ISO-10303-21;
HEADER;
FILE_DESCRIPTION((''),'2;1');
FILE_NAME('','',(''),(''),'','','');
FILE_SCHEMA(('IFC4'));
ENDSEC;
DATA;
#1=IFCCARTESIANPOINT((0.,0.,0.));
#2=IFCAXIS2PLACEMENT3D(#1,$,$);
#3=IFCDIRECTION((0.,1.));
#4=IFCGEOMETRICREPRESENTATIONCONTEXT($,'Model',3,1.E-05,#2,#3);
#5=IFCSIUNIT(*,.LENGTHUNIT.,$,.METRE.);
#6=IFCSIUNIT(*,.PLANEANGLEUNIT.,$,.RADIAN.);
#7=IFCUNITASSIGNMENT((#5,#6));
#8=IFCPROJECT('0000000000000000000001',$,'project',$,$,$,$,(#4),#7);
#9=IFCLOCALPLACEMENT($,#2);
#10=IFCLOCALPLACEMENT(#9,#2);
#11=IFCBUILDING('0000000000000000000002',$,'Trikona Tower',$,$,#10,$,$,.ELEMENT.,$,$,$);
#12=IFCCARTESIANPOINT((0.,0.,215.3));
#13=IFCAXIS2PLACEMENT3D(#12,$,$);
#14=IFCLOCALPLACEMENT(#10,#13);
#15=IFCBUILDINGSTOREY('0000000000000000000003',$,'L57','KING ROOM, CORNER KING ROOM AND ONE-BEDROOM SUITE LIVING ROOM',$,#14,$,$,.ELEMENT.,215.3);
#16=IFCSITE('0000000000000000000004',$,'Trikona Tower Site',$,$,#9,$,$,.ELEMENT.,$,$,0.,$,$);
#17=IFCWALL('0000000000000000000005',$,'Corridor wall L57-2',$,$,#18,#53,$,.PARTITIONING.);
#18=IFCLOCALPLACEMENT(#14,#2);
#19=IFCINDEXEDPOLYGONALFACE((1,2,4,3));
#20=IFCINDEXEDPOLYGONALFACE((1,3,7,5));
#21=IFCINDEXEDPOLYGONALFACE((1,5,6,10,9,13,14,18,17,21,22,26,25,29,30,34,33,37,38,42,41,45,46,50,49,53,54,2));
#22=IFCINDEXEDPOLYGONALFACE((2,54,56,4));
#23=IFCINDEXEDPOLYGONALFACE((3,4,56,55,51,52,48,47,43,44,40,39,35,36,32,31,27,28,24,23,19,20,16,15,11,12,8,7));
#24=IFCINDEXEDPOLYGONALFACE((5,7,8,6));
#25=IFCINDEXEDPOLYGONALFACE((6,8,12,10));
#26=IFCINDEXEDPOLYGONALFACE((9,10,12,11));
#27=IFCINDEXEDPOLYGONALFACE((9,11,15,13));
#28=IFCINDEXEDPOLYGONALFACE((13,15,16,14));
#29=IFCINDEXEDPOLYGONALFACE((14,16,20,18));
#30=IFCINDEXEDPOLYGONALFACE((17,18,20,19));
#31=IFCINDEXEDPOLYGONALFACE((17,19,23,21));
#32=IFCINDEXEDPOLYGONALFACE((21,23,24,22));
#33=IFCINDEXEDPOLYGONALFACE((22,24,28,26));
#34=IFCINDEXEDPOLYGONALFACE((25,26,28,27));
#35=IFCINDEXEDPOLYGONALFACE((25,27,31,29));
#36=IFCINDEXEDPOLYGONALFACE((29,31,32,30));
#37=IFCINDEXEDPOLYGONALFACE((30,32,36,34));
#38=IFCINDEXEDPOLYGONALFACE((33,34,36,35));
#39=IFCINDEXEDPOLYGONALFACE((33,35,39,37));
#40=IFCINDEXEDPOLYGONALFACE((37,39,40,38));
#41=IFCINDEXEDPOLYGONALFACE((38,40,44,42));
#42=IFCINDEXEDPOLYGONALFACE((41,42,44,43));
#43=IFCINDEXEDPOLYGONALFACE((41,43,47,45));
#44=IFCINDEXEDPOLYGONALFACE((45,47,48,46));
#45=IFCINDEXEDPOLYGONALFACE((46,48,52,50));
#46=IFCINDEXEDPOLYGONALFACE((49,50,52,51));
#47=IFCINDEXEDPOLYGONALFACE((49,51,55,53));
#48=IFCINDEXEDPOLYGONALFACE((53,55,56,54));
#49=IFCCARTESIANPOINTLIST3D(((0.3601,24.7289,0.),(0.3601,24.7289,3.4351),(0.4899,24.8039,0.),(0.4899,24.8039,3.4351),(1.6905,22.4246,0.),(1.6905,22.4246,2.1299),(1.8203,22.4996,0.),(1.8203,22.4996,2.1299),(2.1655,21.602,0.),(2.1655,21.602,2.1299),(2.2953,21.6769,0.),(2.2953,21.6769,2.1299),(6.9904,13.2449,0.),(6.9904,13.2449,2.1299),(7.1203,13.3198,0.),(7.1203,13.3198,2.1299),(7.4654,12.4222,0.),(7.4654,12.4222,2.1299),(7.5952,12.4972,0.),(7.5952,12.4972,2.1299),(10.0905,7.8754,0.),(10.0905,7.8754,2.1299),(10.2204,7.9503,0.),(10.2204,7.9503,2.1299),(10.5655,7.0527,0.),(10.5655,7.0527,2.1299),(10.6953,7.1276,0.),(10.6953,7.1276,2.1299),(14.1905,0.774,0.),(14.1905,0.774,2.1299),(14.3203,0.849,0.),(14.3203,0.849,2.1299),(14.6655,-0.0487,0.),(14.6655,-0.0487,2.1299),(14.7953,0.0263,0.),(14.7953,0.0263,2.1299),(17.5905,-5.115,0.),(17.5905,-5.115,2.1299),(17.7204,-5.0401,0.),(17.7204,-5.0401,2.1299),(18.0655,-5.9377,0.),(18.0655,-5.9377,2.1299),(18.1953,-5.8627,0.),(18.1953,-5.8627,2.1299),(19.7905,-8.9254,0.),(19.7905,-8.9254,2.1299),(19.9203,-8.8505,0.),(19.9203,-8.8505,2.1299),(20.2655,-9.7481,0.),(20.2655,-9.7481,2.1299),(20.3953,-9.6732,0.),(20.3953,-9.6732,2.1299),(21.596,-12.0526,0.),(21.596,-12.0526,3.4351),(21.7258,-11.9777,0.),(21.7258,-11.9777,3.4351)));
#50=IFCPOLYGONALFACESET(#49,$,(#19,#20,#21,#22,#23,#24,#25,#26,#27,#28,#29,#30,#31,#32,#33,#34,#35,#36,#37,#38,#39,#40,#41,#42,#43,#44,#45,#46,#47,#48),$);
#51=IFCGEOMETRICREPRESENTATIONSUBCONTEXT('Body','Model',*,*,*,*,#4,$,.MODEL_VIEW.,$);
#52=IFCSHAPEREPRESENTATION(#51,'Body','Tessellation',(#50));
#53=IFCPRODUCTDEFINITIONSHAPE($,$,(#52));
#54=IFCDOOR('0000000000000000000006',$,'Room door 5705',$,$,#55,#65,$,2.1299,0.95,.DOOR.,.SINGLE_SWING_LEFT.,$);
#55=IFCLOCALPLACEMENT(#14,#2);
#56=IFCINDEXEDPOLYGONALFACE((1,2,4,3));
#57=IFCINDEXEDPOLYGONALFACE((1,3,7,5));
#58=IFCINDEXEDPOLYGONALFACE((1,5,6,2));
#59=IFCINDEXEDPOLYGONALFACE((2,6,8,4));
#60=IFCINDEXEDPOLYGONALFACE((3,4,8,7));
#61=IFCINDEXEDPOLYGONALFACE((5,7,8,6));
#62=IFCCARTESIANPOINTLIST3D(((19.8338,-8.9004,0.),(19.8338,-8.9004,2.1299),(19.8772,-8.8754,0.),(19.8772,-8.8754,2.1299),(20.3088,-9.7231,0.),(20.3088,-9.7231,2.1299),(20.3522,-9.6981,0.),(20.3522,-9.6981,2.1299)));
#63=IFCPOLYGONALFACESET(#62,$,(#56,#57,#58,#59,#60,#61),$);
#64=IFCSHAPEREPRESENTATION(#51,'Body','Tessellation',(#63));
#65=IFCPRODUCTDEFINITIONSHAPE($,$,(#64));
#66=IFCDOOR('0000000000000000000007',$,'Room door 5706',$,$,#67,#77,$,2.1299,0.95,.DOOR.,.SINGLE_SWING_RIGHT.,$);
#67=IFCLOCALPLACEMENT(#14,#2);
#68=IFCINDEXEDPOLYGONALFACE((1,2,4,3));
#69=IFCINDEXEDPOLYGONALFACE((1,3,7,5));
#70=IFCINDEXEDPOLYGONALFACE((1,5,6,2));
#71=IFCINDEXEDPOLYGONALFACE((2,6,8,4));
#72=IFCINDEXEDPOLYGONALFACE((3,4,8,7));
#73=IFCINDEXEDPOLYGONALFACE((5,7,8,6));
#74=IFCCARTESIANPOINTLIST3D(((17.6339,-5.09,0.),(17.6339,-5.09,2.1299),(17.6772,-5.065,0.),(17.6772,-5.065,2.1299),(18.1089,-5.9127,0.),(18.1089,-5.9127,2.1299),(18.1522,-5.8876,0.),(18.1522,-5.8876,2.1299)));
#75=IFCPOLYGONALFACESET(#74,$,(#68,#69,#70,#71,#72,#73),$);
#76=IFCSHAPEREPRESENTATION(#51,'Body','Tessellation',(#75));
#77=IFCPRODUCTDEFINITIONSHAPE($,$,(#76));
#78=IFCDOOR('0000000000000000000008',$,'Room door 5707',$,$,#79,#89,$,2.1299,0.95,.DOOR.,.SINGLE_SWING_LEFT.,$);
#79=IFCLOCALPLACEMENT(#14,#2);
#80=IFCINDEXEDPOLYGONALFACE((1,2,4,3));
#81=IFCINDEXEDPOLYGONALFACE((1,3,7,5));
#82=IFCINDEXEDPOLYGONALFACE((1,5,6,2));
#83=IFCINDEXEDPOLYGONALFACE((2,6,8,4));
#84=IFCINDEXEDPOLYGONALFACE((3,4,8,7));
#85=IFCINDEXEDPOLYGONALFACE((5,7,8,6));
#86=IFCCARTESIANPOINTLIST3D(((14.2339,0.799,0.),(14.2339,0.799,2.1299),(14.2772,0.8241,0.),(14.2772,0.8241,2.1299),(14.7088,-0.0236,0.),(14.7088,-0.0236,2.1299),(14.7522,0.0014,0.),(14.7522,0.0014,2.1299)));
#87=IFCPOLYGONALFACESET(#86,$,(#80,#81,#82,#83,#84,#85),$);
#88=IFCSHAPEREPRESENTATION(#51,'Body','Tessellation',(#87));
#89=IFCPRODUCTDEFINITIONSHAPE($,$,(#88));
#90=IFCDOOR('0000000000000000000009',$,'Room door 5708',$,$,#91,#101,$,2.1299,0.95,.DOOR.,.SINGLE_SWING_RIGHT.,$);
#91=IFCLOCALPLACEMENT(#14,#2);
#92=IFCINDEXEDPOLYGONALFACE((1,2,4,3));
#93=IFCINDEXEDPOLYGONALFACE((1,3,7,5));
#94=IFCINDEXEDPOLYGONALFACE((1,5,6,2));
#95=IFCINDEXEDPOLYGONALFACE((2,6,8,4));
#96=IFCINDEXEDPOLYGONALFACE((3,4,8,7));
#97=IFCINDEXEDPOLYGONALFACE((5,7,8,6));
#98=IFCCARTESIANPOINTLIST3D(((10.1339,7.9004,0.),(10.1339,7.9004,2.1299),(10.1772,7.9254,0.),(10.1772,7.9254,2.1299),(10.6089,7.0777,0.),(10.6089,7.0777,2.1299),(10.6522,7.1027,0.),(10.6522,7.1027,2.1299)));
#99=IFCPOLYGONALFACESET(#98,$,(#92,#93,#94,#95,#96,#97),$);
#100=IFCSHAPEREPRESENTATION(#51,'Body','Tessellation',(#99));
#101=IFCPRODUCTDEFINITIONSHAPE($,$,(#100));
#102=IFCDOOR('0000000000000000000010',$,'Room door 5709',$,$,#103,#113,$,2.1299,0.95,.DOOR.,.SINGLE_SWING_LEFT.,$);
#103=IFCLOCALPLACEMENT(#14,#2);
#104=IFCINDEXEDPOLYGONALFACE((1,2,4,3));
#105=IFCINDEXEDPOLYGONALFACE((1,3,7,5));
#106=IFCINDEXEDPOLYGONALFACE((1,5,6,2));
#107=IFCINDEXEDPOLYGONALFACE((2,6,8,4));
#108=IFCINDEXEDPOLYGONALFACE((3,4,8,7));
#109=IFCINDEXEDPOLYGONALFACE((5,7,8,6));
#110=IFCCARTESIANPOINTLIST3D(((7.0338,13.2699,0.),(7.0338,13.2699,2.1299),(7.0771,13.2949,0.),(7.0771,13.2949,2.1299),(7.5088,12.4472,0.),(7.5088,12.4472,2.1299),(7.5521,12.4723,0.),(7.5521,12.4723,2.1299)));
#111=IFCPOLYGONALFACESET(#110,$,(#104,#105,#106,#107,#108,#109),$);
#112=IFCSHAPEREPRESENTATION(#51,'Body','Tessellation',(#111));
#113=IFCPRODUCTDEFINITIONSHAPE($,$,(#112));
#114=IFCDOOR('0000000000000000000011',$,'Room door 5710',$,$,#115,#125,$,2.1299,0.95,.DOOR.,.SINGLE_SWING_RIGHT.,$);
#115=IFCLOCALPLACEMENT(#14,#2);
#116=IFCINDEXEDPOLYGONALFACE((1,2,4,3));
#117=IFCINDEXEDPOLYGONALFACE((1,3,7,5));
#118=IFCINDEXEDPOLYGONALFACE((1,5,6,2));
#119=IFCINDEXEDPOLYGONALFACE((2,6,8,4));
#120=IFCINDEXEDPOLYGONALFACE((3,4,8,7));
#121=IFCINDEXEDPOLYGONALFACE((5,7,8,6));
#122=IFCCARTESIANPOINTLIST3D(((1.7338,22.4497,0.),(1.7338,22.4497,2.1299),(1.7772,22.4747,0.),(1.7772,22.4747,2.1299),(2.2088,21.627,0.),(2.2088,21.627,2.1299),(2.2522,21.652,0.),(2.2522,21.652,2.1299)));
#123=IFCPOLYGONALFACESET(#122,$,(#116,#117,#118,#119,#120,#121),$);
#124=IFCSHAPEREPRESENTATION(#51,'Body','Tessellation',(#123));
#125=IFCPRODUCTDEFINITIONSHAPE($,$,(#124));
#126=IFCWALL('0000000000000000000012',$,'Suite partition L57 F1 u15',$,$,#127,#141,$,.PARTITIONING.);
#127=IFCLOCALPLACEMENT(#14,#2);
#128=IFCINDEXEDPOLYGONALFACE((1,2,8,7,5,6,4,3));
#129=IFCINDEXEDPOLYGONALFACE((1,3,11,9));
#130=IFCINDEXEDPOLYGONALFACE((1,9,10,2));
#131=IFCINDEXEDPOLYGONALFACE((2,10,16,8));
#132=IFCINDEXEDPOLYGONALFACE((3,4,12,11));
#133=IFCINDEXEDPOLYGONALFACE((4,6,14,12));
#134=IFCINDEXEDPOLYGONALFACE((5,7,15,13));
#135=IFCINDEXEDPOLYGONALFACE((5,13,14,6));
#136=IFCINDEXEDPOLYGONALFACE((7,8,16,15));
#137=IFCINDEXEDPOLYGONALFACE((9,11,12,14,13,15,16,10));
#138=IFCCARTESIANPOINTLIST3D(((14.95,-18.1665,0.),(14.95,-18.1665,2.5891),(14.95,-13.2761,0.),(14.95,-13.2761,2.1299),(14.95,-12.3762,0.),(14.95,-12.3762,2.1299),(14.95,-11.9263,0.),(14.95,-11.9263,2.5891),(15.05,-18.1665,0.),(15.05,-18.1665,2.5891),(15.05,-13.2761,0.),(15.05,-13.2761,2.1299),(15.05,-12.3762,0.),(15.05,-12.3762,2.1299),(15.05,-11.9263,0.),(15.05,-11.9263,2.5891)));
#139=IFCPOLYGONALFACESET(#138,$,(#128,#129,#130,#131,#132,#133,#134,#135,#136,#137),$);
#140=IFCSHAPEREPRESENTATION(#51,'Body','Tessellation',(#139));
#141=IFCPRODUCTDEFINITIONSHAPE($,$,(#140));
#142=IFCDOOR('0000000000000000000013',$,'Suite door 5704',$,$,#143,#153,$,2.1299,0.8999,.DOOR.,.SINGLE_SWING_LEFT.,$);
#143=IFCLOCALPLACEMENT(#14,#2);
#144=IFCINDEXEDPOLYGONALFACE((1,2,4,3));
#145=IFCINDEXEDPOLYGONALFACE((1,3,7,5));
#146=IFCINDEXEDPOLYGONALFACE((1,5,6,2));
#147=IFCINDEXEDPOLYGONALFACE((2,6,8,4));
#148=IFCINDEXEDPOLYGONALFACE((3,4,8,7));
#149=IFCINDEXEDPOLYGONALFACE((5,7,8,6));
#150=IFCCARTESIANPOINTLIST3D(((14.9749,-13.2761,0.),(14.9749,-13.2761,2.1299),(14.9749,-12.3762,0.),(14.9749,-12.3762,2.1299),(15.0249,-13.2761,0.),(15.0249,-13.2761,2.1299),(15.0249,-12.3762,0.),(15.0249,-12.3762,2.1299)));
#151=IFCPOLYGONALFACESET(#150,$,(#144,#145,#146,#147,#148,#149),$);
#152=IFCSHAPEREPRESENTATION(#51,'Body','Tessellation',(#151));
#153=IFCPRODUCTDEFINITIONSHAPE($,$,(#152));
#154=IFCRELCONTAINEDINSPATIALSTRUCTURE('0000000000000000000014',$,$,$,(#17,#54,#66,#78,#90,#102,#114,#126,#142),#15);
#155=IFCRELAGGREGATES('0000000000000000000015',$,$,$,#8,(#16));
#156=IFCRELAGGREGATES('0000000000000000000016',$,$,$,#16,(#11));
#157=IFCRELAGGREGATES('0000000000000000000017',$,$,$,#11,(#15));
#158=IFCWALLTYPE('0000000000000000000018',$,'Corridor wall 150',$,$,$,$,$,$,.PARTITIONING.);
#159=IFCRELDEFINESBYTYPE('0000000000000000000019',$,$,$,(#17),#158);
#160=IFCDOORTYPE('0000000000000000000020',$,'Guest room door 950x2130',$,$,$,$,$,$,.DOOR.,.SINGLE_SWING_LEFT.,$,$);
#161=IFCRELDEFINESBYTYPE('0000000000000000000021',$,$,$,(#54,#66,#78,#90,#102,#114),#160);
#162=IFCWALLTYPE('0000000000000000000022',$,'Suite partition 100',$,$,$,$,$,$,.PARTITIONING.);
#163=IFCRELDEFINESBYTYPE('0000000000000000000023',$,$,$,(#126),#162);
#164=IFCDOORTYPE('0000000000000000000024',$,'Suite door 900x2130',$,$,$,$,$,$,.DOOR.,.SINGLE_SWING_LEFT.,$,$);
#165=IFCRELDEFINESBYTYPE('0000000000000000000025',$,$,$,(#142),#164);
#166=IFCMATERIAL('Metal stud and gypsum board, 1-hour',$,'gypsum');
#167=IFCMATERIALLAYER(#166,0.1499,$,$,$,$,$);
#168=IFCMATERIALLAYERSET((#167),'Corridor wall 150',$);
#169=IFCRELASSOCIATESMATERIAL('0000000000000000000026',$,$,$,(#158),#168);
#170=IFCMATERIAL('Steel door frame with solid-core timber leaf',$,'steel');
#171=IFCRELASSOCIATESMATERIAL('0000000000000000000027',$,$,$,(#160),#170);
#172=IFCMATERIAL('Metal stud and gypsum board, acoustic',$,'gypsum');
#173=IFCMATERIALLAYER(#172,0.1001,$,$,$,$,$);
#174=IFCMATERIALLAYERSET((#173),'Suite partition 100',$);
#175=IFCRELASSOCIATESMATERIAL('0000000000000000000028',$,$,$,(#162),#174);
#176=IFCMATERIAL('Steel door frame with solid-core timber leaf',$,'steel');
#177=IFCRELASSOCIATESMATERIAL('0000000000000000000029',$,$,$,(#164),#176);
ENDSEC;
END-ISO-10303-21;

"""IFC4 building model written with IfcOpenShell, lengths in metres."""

from ifc_helpers import new_model, si_unit, direction, frame, frame_2d, origin, place, context, subcontext, project, spatial, rectangle, extrude, material, layer, layer_set, type_object, element, fill, save


model = new_model("IFC4")

# Units and contexts
model_context = context("Model", 3, precision=1e-05, world=origin(), true_north=direction((0.0, 1.0)))
body_context = subcontext(model_context, "Body", "Model", "MODEL_VIEW")
ifc_project = project(units=[si_unit("LENGTHUNIT", "METRE"), si_unit("PLANEANGLEUNIT", "RADIAN")], contexts=[model_context])

# Site, building, storey
site_placement = place(None, origin())
site = spatial("IfcSite", under=ifc_project, at=site_placement, Name="Trikona Tower Site", CompositionType="ELEMENT", RefElevation=0.0)
building_placement = place(site_placement, origin())
building = spatial("IfcBuilding", under=site, at=building_placement, Name="Trikona Tower", CompositionType="ELEMENT")
storey_placement = place(building_placement, frame((0.0, 0.0, 215.3)))
storey = spatial("IfcBuildingStorey", under=building, at=storey_placement, Name="L57", Description="KING ROOM, CORNER KING ROOM AND ONE-BEDROOM SUITE LIVING ROOM", CompositionType="ELEMENT", Elevation=215.3)

# Wall, openings, doors
ifc_material_1 = material(Name="Metal stud and gypsum board, 1-hour", Category="gypsum")
ifc_layer_1 = layer(ifc_material_1, 0.1499)
ifc_layer_set_1 = layer_set([ifc_layer_1], Name="Corridor wall 150")
wall_type_1 = type_object("IfcWallType", Name="Corridor wall 150", PredefinedType="PARTITIONING", material=ifc_layer_set_1)
wall_1_placement = place(storey_placement, frame((21.6609, -12.0151, 0.0), z_axis=(0.0, 0.0, 1.0), x_axis=(-0.500001, 0.866025, 0.0)))
wall_1 = element("IfcWall", 1, at=wall_1_placement, inside=storey, type_object=wall_type_1, Name="Corridor wall L57-2", PredefinedType="PARTITIONING", context=body_context, shape_type="SweptSolid", body=[
    extrude(rectangle(XDim=42.4717, YDim=0.1499, at=frame_2d((21.2358, 0.0))), origin(), (0.0, 0.0, 1.0), 3.4351),
])
opening_1_placement = place(wall_1_placement, frame((2.6609, 0.0, 0.0)))
opening_1 = element("IfcOpeningElement", 2, at=opening_1_placement, cuts=wall_1, PredefinedType="OPENING", context=body_context, shape_type="SweptSolid", body=[
    extrude(rectangle(XDim=0.95, YDim=2.1299, at=frame_2d((0.4751, 1.0649))), frame((0.0, 0.085, 0.0), z_axis=(0.0, -1.0, 0.0), x_axis=(1.0, 0.0, 0.0)), (0.0, 0.0, 1.0), 0.1699),
])
opening_2_placement = place(wall_1_placement, frame((7.0608, 0.0, 0.0)))
opening_2 = element("IfcOpeningElement", 3, at=opening_2_placement, cuts=wall_1, PredefinedType="OPENING", context=body_context, shape_type="SweptSolid", body=[
    extrude(rectangle(XDim=0.95, YDim=2.1299, at=frame_2d((0.4751, 1.0649))), frame((0.0, 0.085, 0.0), z_axis=(0.0, -1.0, 0.0), x_axis=(1.0, 0.0, 0.0)), (0.0, 0.0, 1.0), 0.1699),
])
opening_3_placement = place(wall_1_placement, frame((13.8608, 0.0, 0.0)))
opening_3 = element("IfcOpeningElement", 4, at=opening_3_placement, cuts=wall_1, PredefinedType="OPENING", context=body_context, shape_type="SweptSolid", body=[
    extrude(rectangle(XDim=0.95, YDim=2.1299, at=frame_2d((0.4751, 1.0649))), frame((0.0, 0.085, 0.0), z_axis=(0.0, -1.0, 0.0), x_axis=(1.0, 0.0, 0.0)), (0.0, 0.0, 1.0), 0.1699),
])
opening_4_placement = place(wall_1_placement, frame((22.0608, 0.0, 0.0)))
opening_4 = element("IfcOpeningElement", 5, at=opening_4_placement, cuts=wall_1, PredefinedType="OPENING", context=body_context, shape_type="SweptSolid", body=[
    extrude(rectangle(XDim=0.95, YDim=2.1299, at=frame_2d((0.4751, 1.0649))), frame((0.0, 0.085, 0.0), z_axis=(0.0, -1.0, 0.0), x_axis=(1.0, 0.0, 0.0)), (0.0, 0.0, 1.0), 0.1699),
])
opening_5_placement = place(wall_1_placement, frame((28.261, 0.0, 0.0)))
opening_5 = element("IfcOpeningElement", 6, at=opening_5_placement, cuts=wall_1, PredefinedType="OPENING", context=body_context, shape_type="SweptSolid", body=[
    extrude(rectangle(XDim=0.95, YDim=2.1299, at=frame_2d((0.4751, 1.0649))), frame((0.0, 0.085, 0.0), z_axis=(0.0, -1.0, 0.0), x_axis=(1.0, 0.0, 0.0)), (0.0, 0.0, 1.0), 0.1699),
])
opening_6_placement = place(wall_1_placement, frame((38.8608, 0.0, 0.0)))
opening_6 = element("IfcOpeningElement", 7, at=opening_6_placement, cuts=wall_1, PredefinedType="OPENING", context=body_context, shape_type="SweptSolid", body=[
    extrude(rectangle(XDim=0.95, YDim=2.1299, at=frame_2d((0.4751, 1.0649))), frame((0.0, 0.085, 0.0), z_axis=(0.0, -1.0, 0.0), x_axis=(1.0, 0.0, 0.0)), (0.0, 0.0, 1.0), 0.1699),
])
ifc_material_2 = material(Name="Steel door frame with solid-core timber leaf", Category="steel")
door_type_1 = type_object("IfcDoorType", Name="Guest room door 950x2130", OperationType="SINGLE_SWING_LEFT", PredefinedType="DOOR", material=ifc_material_2)
door_1_placement = place(opening_1_placement, origin())
door_1 = element("IfcDoor", 8, at=door_1_placement, inside=storey, type_object=door_type_1, Name="Room door 5705", OperationType="SINGLE_SWING_LEFT", OverallHeight=2.1299, OverallWidth=0.95, PredefinedType="DOOR", context=body_context, shape_type="SweptSolid", body=[
    extrude(rectangle(XDim=0.95, YDim=2.1299, at=frame_2d((0.4751, 1.0649))), frame((0.0, 0.0249, 0.0), z_axis=(0.0, -1.0, 0.0), x_axis=(1.0, 0.0, 0.0)), (0.0, 0.0, 1.0), 0.05),
])
fill(opening_1, door_1)
door_2_placement = place(opening_2_placement, origin())
door_2 = element("IfcDoor", 9, at=door_2_placement, inside=storey, type_object=door_type_1, Name="Room door 5706", OperationType="SINGLE_SWING_RIGHT", OverallHeight=2.1299, OverallWidth=0.95, PredefinedType="DOOR", context=body_context, shape_type="SweptSolid", body=[
    extrude(rectangle(XDim=0.95, YDim=2.1299, at=frame_2d((0.4751, 1.0649))), frame((0.0, 0.0249, 0.0), z_axis=(0.0, -1.0, 0.0), x_axis=(1.0, 0.0, 0.0)), (0.0, 0.0, 1.0), 0.05),
])
fill(opening_2, door_2)
door_3_placement = place(opening_3_placement, origin())
door_3 = element("IfcDoor", 10, at=door_3_placement, inside=storey, type_object=door_type_1, Name="Room door 5707", OperationType="SINGLE_SWING_LEFT", OverallHeight=2.1299, OverallWidth=0.95, PredefinedType="DOOR", context=body_context, shape_type="SweptSolid", body=[
    extrude(rectangle(XDim=0.95, YDim=2.1299, at=frame_2d((0.4751, 1.0649))), frame((0.0, 0.0249, 0.0), z_axis=(0.0, -1.0, 0.0), x_axis=(1.0, 0.0, 0.0)), (0.0, 0.0, 1.0), 0.05),
])
fill(opening_3, door_3)
door_4_placement = place(opening_4_placement, origin())
door_4 = element("IfcDoor", 11, at=door_4_placement, inside=storey, type_object=door_type_1, Name="Room door 5708", OperationType="SINGLE_SWING_RIGHT", OverallHeight=2.1299, OverallWidth=0.95, PredefinedType="DOOR", context=body_context, shape_type="SweptSolid", body=[
    extrude(rectangle(XDim=0.95, YDim=2.1299, at=frame_2d((0.4751, 1.0649))), frame((0.0, 0.0249, 0.0), z_axis=(0.0, -1.0, 0.0), x_axis=(1.0, 0.0, 0.0)), (0.0, 0.0, 1.0), 0.05),
])
fill(opening_4, door_4)
door_5_placement = place(opening_5_placement, origin())
door_5 = element("IfcDoor", 12, at=door_5_placement, inside=storey, type_object=door_type_1, Name="Room door 5709", OperationType="SINGLE_SWING_LEFT", OverallHeight=2.1299, OverallWidth=0.95, PredefinedType="DOOR", context=body_context, shape_type="SweptSolid", body=[
    extrude(rectangle(XDim=0.95, YDim=2.1299, at=frame_2d((0.4751, 1.0649))), frame((0.0, 0.0249, 0.0), z_axis=(0.0, -1.0, 0.0), x_axis=(1.0, 0.0, 0.0)), (0.0, 0.0, 1.0), 0.05),
])
fill(opening_5, door_5)
door_6_placement = place(opening_6_placement, origin())
door_6 = element("IfcDoor", 13, at=door_6_placement, inside=storey, type_object=door_type_1, Name="Room door 5710", OperationType="SINGLE_SWING_RIGHT", OverallHeight=2.1299, OverallWidth=0.95, PredefinedType="DOOR", context=body_context, shape_type="SweptSolid", body=[
    extrude(rectangle(XDim=0.95, YDim=2.1299, at=frame_2d((0.4751, 1.0649))), frame((0.0, 0.0249, 0.0), z_axis=(0.0, -1.0, 0.0), x_axis=(1.0, 0.0, 0.0)), (0.0, 0.0, 1.0), 0.05),
])
fill(opening_6, door_6)

# Wall, opening, door
ifc_material_3 = material(Name="Metal stud and gypsum board, acoustic", Category="gypsum")
ifc_layer_2 = layer(ifc_material_3, 0.1001)
ifc_layer_set_2 = layer_set([ifc_layer_2], Name="Suite partition 100")
wall_type_2 = type_object("IfcWallType", Name="Suite partition 100", PredefinedType="PARTITIONING", material=ifc_layer_set_2)
wall_2_placement = place(storey_placement, frame((15.0, -11.9263, 0.0), z_axis=(0.0, 0.0, 1.0), x_axis=(0.0, -1.0, 0.0)))
wall_2 = element("IfcWall", 14, at=wall_2_placement, inside=storey, type_object=wall_type_2, Name="Suite partition L57 F1 u15", PredefinedType="PARTITIONING", context=body_context, shape_type="SweptSolid", body=[
    extrude(rectangle(XDim=6.2402, YDim=0.1001, at=frame_2d((3.1201, 0.0))), origin(), (0.0, 0.0, 1.0), 2.5891),
])
opening_7_placement = place(wall_2_placement, frame((0.45, 0.0, 0.0)))
opening_7 = element("IfcOpeningElement", 15, at=opening_7_placement, cuts=wall_2, PredefinedType="OPENING", context=body_context, shape_type="SweptSolid", body=[
    extrude(rectangle(XDim=0.8999, YDim=2.1299, at=frame_2d((0.45, 1.0649))), frame((0.0, 0.0601, 0.0), z_axis=(0.0, -1.0, 0.0), x_axis=(1.0, 0.0, 0.0)), (0.0, 0.0, 1.0), 0.1201),
])
ifc_material_4 = material(Name="Steel door frame with solid-core timber leaf", Category="steel")
door_type_2 = type_object("IfcDoorType", Name="Suite door 900x2130", OperationType="SINGLE_SWING_LEFT", PredefinedType="DOOR", material=ifc_material_4)
door_7_placement = place(opening_7_placement, origin())
door_7 = element("IfcDoor", 16, at=door_7_placement, inside=storey, type_object=door_type_2, Name="Suite door 5704", OperationType="SINGLE_SWING_LEFT", OverallHeight=2.1299, OverallWidth=0.8999, PredefinedType="DOOR", context=body_context, shape_type="SweptSolid", body=[
    extrude(rectangle(XDim=0.8999, YDim=2.1299, at=frame_2d((0.45, 1.0649))), frame((0.0, 0.0249, 0.0), z_axis=(0.0, -1.0, 0.0), x_axis=(1.0, 0.0, 0.0)), (0.0, 0.0, 1.0), 0.05),
])
fill(opening_7, door_7)

save(model, "model.ifc")
